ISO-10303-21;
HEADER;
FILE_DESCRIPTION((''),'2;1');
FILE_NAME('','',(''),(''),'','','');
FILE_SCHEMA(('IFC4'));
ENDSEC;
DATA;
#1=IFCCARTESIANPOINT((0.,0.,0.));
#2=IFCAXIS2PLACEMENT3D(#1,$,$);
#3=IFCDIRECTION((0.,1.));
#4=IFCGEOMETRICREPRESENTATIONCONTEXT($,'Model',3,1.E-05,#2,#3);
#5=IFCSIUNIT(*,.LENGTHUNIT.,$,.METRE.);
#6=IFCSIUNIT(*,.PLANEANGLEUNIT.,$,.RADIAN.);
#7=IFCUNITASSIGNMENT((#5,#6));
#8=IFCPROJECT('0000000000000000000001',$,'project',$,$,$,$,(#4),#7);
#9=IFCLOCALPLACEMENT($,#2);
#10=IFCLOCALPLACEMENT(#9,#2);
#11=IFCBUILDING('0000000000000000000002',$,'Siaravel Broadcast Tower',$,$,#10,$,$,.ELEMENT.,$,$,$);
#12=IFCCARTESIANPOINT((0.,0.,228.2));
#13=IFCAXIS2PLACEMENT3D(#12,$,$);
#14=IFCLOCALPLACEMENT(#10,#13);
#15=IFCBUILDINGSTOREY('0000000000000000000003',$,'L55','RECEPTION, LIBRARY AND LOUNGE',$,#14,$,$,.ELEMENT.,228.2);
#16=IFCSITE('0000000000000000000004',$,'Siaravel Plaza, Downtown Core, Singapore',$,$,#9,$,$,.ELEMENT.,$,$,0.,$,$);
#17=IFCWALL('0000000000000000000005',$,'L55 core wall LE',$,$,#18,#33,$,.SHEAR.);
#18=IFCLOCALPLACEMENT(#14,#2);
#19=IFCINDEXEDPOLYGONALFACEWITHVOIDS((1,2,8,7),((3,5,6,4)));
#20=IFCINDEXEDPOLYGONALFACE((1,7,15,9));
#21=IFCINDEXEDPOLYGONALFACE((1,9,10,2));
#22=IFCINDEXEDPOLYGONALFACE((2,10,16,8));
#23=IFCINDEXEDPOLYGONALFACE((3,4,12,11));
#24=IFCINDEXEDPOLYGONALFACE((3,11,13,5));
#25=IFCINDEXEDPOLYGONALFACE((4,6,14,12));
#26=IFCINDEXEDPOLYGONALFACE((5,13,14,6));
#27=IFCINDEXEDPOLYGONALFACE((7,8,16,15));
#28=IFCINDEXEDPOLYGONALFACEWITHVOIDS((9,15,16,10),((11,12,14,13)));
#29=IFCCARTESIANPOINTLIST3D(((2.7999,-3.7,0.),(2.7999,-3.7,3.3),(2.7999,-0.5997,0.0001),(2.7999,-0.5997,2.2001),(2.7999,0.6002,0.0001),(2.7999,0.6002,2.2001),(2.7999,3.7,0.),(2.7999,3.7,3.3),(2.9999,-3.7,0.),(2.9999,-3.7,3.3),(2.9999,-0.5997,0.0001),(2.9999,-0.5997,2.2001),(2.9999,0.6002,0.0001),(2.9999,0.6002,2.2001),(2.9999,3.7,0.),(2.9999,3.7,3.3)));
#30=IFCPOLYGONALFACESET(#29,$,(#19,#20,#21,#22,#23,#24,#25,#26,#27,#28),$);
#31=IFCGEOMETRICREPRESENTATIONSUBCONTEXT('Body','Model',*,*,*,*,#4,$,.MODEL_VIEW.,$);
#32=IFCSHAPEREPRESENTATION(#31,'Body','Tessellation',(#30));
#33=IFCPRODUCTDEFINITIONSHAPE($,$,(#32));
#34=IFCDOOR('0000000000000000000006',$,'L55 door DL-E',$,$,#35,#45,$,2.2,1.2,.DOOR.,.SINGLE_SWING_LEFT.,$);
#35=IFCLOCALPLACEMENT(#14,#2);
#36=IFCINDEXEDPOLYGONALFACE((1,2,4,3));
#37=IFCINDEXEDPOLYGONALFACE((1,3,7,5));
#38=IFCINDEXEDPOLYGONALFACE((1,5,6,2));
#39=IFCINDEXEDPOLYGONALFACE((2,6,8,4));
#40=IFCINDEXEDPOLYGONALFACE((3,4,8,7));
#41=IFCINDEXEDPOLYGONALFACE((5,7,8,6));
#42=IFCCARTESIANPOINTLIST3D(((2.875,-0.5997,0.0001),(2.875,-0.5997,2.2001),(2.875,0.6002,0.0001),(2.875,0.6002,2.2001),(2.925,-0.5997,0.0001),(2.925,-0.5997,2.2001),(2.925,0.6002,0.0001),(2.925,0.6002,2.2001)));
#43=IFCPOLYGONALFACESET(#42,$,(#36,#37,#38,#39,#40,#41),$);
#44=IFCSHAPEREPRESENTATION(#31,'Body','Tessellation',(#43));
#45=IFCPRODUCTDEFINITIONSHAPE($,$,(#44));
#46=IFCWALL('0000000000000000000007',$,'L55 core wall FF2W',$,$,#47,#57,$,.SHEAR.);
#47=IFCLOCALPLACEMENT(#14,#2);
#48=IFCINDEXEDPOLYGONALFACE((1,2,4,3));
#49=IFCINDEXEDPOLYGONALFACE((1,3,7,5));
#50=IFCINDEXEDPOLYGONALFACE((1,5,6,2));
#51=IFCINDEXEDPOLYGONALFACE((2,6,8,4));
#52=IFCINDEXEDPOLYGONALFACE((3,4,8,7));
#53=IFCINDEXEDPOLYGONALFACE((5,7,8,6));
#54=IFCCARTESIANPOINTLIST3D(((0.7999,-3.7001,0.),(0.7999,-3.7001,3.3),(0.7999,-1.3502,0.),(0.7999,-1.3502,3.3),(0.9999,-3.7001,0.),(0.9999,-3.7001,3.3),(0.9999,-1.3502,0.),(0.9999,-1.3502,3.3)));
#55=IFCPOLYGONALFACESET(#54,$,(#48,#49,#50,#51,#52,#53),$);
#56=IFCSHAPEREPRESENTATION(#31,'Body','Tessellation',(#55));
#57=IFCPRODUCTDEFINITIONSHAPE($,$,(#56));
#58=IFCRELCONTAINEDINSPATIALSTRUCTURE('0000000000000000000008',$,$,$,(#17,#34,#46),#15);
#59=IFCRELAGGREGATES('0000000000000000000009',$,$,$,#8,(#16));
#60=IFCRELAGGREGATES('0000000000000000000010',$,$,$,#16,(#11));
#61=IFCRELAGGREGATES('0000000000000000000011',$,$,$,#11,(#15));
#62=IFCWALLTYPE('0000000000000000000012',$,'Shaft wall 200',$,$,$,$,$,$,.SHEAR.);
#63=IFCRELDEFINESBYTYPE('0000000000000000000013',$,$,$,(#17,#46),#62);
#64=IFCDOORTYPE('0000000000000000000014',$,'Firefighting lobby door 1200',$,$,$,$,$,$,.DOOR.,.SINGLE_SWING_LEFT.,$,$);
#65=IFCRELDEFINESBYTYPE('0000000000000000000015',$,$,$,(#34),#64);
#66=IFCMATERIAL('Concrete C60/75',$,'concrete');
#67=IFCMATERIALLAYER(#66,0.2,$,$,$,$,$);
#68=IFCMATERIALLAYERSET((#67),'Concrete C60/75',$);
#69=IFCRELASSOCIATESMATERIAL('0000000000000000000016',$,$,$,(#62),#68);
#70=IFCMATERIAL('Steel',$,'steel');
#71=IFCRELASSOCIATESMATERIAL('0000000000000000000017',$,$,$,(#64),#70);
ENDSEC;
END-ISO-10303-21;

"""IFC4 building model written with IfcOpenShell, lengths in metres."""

from ifc_helpers import new_model, si_unit, direction, frame, frame_2d, origin, place, context, subcontext, project, spatial, rectangle, extrude, material, layer, layer_set, type_object, element, fill, save


model = new_model("IFC4")

# Units and contexts
model_context = context("Model", 3, precision=1e-05, world=origin(), true_north=direction((0.0, 1.0)))
body_context = subcontext(model_context, "Body", "Model", "MODEL_VIEW")
ifc_project = project(units=[si_unit("LENGTHUNIT", "METRE"), si_unit("PLANEANGLEUNIT", "RADIAN")], contexts=[model_context])

# Site, building, storey
site_placement = place(None, origin())
site = spatial("IfcSite", under=ifc_project, at=site_placement, Name="Siaravel Plaza, Downtown Core, Singapore", CompositionType="ELEMENT", RefElevation=0.0)
building_placement = place(site_placement, origin())
building = spatial("IfcBuilding", under=site, at=building_placement, Name="Siaravel Broadcast Tower", CompositionType="ELEMENT")
storey_placement = place(building_placement, frame((0.0, 0.0, 228.2)))
storey = spatial("IfcBuildingStorey", under=building, at=storey_placement, Name="L55", Description="RECEPTION, LIBRARY AND LOUNGE", CompositionType="ELEMENT", Elevation=228.2)

# Shared definitions
ifc_material_1 = material(Name="Concrete C60/75", Category="concrete")
ifc_material_2 = material(Name="Steel", Category="steel")

# Shared definitions
ifc_layer_1 = layer(ifc_material_1, 0.2)
ifc_layer_set_1 = layer_set([ifc_layer_1], Name="Concrete C60/75")
wall_type_1 = type_object("IfcWallType", Name="Shaft wall 200", PredefinedType="SHEAR", material=ifc_layer_set_1)

# Wall, opening, door
wall_1_placement = place(storey_placement, frame((2.8999, -3.7, 0.0), z_axis=(0.0, 0.0, 1.0), x_axis=(0.0, 1.0, 0.0)))
wall_1 = element("IfcWall", 1, at=wall_1_placement, inside=storey, type_object=wall_type_1, Name="L55 core wall LE", PredefinedType="SHEAR", context=body_context, shape_type="SweptSolid", body=[
    extrude(rectangle(XDim=7.3999, YDim=0.2, at=frame_2d((3.7, 0.0))), origin(), (0.0, 0.0, 1.0), 3.3),
])
opening_1_placement = place(wall_1_placement, frame((3.1001, 0.0, 0.0)))
opening_1 = element("IfcOpeningElement", 2, at=opening_1_placement, cuts=wall_1, PredefinedType="OPENING", context=body_context, shape_type="SweptSolid", body=[
    extrude(rectangle(XDim=1.2, YDim=2.2, at=frame_2d((0.6001, 1.1001))), frame((0.0, 0.1099, 0.0), z_axis=(0.0, -1.0, 0.0), x_axis=(1.0, 0.0, 0.0)), (0.0, 0.0, 1.0), 0.22),
])
door_type_1 = type_object("IfcDoorType", Name="Firefighting lobby door 1200", OperationType="SINGLE_SWING_LEFT", PredefinedType="DOOR", material=ifc_material_2)
door_1_placement = place(opening_1_placement, origin())
door_1 = element("IfcDoor", 3, at=door_1_placement, inside=storey, type_object=door_type_1, Name="L55 door DL-E", OperationType="SINGLE_SWING_LEFT", OverallHeight=2.2, OverallWidth=1.2, PredefinedType="DOOR", context=body_context, shape_type="SweptSolid", body=[
    extrude(rectangle(XDim=1.2, YDim=2.2, at=frame_2d((0.6001, 1.1001))), frame((0.0, 0.0249, 0.0), z_axis=(0.0, -1.0, 0.0), x_axis=(1.0, 0.0, 0.0)), (0.0, 0.0, 1.0), 0.05),
])
fill(opening_1, door_1)

# Wall
wall_2_placement = place(storey_placement, frame((0.8999, -3.7, 0.0), z_axis=(0.0, 0.0, 1.0), x_axis=(0.0, 1.0, 0.0)))
element("IfcWall", 4, at=wall_2_placement, inside=storey, type_object=wall_type_1, Name="L55 core wall FF2W", PredefinedType="SHEAR", context=body_context, shape_type="SweptSolid", body=[
    extrude(rectangle(XDim=2.3499, YDim=0.2, at=frame_2d((1.1748, 0.0))), origin(), (0.0, 0.0, 1.0), 3.3),
])

save(model, "model.ifc")
